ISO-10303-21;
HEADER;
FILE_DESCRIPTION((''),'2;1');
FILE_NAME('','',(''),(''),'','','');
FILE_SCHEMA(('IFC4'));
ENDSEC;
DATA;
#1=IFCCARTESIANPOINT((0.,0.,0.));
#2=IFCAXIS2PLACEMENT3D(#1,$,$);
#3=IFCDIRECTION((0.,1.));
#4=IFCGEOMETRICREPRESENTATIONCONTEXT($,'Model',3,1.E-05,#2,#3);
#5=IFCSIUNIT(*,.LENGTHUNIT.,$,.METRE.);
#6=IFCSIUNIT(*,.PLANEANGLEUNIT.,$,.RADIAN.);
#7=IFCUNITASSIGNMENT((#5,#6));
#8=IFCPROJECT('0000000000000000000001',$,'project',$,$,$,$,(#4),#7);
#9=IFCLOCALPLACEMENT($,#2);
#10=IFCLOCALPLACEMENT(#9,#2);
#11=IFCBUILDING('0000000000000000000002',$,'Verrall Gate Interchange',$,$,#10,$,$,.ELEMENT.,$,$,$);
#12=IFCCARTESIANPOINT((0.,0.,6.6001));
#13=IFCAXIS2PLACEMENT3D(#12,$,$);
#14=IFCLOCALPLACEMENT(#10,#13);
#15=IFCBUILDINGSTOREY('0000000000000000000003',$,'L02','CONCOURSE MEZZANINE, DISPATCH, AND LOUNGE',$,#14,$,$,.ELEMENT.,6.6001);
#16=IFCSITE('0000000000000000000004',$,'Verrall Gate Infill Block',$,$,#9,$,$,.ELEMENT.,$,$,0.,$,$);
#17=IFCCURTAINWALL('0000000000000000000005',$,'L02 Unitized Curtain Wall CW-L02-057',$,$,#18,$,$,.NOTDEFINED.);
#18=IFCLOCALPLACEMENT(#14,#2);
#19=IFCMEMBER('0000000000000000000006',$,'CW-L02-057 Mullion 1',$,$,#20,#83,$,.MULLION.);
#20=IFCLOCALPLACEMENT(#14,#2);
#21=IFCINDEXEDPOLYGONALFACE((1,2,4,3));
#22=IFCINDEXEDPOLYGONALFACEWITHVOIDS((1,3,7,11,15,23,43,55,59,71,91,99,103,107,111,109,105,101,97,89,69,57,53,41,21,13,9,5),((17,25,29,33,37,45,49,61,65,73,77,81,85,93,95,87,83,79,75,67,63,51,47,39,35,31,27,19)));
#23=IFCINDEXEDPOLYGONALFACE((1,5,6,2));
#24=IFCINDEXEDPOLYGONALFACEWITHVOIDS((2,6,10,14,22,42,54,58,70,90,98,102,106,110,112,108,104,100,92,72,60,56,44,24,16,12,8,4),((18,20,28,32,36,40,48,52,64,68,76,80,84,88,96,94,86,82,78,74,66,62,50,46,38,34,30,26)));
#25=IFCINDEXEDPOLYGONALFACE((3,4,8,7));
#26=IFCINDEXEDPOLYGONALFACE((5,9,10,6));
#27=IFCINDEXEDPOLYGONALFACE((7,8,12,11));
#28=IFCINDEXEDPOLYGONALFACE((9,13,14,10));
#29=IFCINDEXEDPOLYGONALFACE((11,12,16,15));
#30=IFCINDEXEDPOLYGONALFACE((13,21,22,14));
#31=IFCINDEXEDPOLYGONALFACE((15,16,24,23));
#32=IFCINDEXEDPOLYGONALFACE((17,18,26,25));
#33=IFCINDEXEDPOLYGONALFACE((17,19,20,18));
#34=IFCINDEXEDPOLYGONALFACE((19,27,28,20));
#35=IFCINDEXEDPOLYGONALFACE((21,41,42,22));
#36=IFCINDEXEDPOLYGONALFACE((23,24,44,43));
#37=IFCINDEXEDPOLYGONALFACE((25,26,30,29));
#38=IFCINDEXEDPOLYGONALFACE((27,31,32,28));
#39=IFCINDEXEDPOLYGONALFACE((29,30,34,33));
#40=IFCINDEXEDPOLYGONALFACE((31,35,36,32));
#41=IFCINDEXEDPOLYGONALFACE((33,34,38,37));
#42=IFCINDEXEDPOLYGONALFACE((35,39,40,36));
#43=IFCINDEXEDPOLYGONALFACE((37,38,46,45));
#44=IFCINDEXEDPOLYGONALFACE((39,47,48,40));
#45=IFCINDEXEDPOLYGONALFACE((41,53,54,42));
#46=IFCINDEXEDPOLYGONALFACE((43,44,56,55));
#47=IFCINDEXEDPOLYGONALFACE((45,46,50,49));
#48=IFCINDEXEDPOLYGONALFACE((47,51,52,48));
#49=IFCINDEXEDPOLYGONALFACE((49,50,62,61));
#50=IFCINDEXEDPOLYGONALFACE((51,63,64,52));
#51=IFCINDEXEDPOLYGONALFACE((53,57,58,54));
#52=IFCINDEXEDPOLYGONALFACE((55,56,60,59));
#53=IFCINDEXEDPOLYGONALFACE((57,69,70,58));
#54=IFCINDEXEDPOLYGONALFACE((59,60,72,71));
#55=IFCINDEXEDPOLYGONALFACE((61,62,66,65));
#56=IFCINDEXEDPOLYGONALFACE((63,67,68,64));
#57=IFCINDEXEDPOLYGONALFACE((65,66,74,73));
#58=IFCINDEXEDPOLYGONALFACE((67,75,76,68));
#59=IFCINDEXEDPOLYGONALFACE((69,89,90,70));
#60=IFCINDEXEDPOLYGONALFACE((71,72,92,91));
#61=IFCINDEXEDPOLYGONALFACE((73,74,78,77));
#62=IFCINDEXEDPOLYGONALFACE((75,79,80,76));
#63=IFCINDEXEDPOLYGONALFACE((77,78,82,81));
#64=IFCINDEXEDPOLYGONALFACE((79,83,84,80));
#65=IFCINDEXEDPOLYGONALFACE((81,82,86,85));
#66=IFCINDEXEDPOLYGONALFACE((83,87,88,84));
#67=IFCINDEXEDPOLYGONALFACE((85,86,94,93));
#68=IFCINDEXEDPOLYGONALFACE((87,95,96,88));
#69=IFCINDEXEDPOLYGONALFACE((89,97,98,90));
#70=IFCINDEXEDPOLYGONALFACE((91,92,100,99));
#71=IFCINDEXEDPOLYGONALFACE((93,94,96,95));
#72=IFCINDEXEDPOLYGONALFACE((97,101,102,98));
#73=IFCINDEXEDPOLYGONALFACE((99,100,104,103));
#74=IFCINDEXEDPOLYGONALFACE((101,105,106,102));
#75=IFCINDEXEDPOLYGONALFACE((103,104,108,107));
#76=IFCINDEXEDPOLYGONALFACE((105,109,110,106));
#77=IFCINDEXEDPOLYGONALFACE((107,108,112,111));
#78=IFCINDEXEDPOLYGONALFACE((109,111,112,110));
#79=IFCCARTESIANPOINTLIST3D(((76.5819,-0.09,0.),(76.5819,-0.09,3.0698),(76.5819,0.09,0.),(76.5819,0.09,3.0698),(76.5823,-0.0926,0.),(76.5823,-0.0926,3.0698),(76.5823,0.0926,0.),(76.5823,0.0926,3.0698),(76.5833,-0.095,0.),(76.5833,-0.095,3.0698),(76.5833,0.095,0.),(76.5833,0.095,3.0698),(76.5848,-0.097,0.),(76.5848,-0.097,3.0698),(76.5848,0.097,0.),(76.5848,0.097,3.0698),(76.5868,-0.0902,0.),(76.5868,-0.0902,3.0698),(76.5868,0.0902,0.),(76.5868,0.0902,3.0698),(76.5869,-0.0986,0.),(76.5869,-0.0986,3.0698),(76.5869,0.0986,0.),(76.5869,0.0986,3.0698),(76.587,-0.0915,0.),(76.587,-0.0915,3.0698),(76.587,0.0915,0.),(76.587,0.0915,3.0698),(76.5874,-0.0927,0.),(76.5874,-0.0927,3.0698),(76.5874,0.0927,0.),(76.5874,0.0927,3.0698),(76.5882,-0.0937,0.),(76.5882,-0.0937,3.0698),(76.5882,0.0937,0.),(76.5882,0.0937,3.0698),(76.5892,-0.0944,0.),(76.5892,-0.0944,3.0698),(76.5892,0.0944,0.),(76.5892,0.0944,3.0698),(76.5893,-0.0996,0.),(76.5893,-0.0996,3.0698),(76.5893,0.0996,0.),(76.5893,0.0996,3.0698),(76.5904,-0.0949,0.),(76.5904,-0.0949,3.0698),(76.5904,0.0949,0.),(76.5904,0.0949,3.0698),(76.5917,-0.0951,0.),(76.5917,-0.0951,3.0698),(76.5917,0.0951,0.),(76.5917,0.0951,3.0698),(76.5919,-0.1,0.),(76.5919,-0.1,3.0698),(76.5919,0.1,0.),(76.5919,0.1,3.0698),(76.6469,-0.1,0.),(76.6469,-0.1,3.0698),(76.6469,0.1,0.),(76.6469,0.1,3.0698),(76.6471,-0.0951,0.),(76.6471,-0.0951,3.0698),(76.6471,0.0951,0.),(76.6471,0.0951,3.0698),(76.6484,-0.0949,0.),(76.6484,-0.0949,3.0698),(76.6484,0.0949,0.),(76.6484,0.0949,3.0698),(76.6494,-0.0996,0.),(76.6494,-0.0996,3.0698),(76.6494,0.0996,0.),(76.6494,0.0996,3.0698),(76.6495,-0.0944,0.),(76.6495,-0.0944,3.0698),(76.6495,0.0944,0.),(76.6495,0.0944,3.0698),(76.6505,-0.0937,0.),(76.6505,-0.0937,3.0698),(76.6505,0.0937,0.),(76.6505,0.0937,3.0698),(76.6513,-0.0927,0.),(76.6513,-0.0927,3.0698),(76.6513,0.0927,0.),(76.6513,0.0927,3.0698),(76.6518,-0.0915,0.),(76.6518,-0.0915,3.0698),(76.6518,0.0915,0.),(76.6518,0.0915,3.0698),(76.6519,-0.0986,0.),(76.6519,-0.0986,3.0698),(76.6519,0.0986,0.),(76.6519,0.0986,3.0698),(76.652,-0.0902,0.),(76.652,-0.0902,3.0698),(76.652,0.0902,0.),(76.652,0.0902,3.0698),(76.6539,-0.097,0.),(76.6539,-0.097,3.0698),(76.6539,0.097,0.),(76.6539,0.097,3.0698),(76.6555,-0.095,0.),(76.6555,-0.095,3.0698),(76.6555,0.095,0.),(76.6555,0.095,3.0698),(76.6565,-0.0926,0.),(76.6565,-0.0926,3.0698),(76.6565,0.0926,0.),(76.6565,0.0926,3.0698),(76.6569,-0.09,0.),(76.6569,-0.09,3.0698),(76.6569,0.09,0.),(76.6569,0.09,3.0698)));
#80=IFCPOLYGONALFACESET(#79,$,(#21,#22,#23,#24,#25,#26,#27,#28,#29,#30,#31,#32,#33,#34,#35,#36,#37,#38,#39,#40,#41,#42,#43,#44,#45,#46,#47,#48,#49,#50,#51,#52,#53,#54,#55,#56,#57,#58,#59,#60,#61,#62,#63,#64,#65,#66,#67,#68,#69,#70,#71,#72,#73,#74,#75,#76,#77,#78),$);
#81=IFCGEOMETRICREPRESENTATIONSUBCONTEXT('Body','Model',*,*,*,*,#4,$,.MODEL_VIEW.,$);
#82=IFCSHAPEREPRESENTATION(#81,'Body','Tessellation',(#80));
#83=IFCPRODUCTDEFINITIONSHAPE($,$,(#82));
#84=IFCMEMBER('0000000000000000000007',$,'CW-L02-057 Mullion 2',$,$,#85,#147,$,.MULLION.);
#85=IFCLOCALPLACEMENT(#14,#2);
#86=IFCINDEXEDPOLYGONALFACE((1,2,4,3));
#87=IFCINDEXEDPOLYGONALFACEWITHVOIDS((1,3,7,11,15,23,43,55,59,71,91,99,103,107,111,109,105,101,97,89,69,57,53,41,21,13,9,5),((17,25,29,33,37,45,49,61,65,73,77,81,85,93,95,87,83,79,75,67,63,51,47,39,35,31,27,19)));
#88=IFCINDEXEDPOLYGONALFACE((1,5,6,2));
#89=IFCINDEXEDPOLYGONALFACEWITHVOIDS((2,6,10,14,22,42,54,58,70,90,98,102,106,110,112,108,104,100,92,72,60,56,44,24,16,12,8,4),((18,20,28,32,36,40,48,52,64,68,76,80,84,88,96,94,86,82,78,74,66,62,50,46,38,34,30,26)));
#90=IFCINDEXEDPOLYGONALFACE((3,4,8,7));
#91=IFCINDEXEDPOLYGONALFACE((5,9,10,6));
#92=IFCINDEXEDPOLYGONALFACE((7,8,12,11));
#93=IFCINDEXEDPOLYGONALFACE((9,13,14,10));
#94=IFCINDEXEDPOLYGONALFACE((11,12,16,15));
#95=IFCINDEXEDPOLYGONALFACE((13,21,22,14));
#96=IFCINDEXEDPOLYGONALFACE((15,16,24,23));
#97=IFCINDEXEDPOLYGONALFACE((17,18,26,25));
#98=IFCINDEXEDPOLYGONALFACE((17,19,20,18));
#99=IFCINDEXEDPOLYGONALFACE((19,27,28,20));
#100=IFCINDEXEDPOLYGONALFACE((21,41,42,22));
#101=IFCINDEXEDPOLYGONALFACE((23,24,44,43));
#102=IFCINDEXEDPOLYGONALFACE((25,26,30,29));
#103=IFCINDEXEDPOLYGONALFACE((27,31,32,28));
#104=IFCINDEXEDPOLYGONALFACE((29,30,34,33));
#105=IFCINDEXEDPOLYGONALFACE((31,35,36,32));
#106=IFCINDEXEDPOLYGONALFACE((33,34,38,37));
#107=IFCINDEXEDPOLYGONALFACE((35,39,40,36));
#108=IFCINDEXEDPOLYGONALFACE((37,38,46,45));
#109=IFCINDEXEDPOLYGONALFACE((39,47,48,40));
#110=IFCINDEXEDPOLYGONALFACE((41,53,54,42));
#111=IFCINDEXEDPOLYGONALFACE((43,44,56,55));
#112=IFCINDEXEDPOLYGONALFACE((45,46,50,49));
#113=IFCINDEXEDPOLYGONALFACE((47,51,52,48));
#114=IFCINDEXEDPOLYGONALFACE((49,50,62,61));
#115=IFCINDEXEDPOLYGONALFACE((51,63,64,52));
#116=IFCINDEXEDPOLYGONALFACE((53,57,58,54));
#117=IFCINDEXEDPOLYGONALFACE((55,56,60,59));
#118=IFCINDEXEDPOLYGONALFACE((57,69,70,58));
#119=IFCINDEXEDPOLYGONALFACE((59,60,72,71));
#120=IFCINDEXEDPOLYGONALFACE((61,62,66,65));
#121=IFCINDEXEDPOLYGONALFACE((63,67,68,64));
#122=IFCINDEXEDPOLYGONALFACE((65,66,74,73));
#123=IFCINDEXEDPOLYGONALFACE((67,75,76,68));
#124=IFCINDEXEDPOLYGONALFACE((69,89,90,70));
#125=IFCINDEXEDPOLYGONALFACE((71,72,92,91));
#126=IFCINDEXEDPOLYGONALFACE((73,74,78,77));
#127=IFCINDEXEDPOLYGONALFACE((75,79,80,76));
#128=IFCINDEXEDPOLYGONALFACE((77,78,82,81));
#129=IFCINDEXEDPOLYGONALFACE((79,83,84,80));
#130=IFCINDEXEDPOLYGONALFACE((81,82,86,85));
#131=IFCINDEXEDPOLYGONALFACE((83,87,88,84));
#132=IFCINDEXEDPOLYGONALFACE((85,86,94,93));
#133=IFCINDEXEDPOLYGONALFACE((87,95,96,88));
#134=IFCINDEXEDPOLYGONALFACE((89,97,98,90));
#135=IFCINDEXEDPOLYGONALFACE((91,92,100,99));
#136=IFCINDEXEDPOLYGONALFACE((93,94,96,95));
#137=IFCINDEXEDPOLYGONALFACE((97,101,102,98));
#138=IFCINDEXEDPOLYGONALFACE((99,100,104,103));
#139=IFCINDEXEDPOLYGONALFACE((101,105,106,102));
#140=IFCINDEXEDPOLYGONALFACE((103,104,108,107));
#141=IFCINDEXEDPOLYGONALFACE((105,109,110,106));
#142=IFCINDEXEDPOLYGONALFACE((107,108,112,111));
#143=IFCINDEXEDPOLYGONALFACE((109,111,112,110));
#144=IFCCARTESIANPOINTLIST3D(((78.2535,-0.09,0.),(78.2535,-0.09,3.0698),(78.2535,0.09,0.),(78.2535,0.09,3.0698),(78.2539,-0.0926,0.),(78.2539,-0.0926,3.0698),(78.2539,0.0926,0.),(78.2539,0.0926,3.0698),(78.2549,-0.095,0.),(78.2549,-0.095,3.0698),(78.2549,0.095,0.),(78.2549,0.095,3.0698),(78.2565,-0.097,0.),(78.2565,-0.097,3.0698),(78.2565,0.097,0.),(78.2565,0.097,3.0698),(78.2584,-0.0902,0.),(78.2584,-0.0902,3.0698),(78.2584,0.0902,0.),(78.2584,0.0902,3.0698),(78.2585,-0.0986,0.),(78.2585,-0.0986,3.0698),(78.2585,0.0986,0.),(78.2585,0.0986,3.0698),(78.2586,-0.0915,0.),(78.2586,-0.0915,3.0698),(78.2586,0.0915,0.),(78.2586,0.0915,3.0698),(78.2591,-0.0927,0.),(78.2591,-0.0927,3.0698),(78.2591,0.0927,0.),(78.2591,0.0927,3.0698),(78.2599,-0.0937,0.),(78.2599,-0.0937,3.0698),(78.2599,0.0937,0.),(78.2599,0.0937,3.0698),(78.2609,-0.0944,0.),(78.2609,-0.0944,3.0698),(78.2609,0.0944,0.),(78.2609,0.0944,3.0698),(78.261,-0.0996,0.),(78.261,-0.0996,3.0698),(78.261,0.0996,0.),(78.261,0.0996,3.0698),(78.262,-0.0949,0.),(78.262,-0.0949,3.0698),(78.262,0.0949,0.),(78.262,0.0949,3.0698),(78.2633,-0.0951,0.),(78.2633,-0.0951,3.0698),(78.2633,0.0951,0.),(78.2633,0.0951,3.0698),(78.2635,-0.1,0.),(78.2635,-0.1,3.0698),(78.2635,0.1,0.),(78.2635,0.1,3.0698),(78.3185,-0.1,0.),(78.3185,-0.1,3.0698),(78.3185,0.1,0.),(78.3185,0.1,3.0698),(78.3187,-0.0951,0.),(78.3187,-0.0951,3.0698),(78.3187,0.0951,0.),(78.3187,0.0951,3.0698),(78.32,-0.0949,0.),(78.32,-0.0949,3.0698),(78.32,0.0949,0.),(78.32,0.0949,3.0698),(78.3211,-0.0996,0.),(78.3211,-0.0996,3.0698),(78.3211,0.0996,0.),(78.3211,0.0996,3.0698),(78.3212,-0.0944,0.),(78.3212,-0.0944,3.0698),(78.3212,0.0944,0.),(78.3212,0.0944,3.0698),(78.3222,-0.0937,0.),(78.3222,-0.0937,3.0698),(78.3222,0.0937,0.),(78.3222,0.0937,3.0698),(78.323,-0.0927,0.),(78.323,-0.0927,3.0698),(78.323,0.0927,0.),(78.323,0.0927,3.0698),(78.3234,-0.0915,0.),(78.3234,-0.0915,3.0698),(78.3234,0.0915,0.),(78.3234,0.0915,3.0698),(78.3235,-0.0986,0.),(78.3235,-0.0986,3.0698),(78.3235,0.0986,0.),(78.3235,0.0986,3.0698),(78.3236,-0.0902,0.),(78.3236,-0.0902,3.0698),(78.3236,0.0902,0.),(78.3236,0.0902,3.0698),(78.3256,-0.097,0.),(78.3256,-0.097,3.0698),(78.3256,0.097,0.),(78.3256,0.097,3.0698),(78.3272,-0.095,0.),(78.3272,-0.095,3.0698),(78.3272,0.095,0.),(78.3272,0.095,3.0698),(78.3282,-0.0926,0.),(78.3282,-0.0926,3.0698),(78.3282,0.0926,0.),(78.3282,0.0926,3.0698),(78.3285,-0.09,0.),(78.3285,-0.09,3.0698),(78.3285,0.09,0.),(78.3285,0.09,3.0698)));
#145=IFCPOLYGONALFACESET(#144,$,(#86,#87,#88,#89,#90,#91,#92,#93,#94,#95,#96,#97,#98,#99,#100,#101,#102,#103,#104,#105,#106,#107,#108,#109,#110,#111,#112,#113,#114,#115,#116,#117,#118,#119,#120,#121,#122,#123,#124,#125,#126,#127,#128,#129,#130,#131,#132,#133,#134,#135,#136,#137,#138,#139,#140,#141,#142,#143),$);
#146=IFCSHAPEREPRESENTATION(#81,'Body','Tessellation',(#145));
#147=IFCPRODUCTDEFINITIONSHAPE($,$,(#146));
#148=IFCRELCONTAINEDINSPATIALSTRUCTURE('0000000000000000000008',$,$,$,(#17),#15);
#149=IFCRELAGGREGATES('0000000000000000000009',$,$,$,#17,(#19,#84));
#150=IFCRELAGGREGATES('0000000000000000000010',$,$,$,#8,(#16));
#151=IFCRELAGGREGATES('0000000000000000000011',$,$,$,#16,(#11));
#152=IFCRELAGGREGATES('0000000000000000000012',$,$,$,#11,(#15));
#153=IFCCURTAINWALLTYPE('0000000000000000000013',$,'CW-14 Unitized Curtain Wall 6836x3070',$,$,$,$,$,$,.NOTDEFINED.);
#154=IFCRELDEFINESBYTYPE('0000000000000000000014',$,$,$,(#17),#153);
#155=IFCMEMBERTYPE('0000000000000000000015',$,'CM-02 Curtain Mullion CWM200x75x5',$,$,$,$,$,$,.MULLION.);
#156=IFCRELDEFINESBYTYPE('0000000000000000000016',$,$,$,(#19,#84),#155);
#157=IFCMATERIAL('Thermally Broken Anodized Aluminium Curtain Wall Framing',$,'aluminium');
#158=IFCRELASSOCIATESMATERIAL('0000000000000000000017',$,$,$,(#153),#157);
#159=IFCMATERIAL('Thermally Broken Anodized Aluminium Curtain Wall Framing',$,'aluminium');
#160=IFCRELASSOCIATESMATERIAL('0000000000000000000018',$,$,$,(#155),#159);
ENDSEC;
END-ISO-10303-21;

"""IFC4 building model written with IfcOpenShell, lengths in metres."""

from ifc_helpers import new_model, si_unit, direction, frame, origin, origin_2d, place, context, subcontext, project, spatial, hollow_rectangle, extrude, material, material_profile, profile_set, type_object, element, aggregate, save


model = new_model("IFC4")

# Units and contexts
model_context = context("Model", 3, precision=1e-05, world=origin(), true_north=direction((0.0, 1.0)))
body_context = subcontext(model_context, "Body", "Model", "MODEL_VIEW")
ifc_project = project(units=[si_unit("LENGTHUNIT", "METRE"), si_unit("PLANEANGLEUNIT", "RADIAN")], contexts=[model_context])

# Site, building, storey
site_placement = place(None, origin())
site = spatial("IfcSite", under=ifc_project, at=site_placement, Name="Verrall Gate Infill Block", CompositionType="ELEMENT", RefElevation=0.0)
building_placement = place(site_placement, origin())
building = spatial("IfcBuilding", under=site, at=building_placement, Name="Verrall Gate Interchange", CompositionType="ELEMENT")
storey_placement = place(building_placement, frame((0.0, 0.0, 6.6001)))
storey = spatial("IfcBuildingStorey", under=building, at=storey_placement, Name="L02", Description="CONCOURSE MEZZANINE, DISPATCH, AND LOUNGE", CompositionType="ELEMENT", Elevation=6.6001)

# Curtain wall, members
ifc_material_1 = material(Name="Thermally Broken Anodized Aluminium Curtain Wall Framing", Category="aluminium")
curtain_wall_type = type_object("IfcCurtainWallType", Name="CW-14 Unitized Curtain Wall 6836x3070", PredefinedType="NOTDEFINED", material=ifc_material_1)
curtain_wall_1_placement = place(storey_placement, origin())
curtain_wall_1 = element("IfcCurtainWall", 1, at=curtain_wall_1_placement, inside=storey, type_object=curtain_wall_type, Name="L02 Unitized Curtain Wall CW-L02-057", PredefinedType="NOTDEFINED")
ifc_material_2 = material(Name="Thermally Broken Anodized Aluminium Curtain Wall Framing", Category="aluminium")
ifc_material_profile_1 = material_profile(ifc_material_2, hollow_rectangle(XDim=0.075, YDim=0.2, WallThickness=0.0049, InnerFilletRadius=0.0049, OuterFilletRadius=0.01, at=origin_2d()), Name="CWM200x75x5")
ifc_profile_set_1 = profile_set([ifc_material_profile_1], Name="Thermally Broken Anodized Aluminium Curtain Wall Framing")
member_type_1 = type_object("IfcMemberType", Name="CM-02 Curtain Mullion CWM200x75x5", PredefinedType="MULLION", material=ifc_profile_set_1)
member_1_placement = place(storey_placement, frame((76.6194, 0.0, 0.0), z_axis=(0.0, 0.0, 1.0), x_axis=(1.0, 0.0, 0.0)))
member_1 = element("IfcMember", 2, at=member_1_placement, type_object=member_type_1, Name="CW-L02-057 Mullion 1", PredefinedType="MULLION", context=body_context, shape_type="SweptSolid", body=[
    extrude(hollow_rectangle(XDim=0.075, YDim=0.2, WallThickness=0.0049, InnerFilletRadius=0.0049, OuterFilletRadius=0.01, at=origin_2d()), origin(), (0.0, 0.0, 1.0), 3.0698),
])
member_2_placement = place(storey_placement, frame((78.291, 0.0, 0.0), z_axis=(0.0, 0.0, 1.0), x_axis=(1.0, 0.0, 0.0)))
member_2 = element("IfcMember", 3, at=member_2_placement, type_object=member_type_1, Name="CW-L02-057 Mullion 2", PredefinedType="MULLION", context=body_context, shape_type="SweptSolid", body=[
    extrude(hollow_rectangle(XDim=0.075, YDim=0.2, WallThickness=0.0049, InnerFilletRadius=0.0049, OuterFilletRadius=0.01, at=origin_2d()), origin(), (0.0, 0.0, 1.0), 3.0698),
])

aggregate(curtain_wall_1, [member_1, member_2])

save(model, "model.ifc")
